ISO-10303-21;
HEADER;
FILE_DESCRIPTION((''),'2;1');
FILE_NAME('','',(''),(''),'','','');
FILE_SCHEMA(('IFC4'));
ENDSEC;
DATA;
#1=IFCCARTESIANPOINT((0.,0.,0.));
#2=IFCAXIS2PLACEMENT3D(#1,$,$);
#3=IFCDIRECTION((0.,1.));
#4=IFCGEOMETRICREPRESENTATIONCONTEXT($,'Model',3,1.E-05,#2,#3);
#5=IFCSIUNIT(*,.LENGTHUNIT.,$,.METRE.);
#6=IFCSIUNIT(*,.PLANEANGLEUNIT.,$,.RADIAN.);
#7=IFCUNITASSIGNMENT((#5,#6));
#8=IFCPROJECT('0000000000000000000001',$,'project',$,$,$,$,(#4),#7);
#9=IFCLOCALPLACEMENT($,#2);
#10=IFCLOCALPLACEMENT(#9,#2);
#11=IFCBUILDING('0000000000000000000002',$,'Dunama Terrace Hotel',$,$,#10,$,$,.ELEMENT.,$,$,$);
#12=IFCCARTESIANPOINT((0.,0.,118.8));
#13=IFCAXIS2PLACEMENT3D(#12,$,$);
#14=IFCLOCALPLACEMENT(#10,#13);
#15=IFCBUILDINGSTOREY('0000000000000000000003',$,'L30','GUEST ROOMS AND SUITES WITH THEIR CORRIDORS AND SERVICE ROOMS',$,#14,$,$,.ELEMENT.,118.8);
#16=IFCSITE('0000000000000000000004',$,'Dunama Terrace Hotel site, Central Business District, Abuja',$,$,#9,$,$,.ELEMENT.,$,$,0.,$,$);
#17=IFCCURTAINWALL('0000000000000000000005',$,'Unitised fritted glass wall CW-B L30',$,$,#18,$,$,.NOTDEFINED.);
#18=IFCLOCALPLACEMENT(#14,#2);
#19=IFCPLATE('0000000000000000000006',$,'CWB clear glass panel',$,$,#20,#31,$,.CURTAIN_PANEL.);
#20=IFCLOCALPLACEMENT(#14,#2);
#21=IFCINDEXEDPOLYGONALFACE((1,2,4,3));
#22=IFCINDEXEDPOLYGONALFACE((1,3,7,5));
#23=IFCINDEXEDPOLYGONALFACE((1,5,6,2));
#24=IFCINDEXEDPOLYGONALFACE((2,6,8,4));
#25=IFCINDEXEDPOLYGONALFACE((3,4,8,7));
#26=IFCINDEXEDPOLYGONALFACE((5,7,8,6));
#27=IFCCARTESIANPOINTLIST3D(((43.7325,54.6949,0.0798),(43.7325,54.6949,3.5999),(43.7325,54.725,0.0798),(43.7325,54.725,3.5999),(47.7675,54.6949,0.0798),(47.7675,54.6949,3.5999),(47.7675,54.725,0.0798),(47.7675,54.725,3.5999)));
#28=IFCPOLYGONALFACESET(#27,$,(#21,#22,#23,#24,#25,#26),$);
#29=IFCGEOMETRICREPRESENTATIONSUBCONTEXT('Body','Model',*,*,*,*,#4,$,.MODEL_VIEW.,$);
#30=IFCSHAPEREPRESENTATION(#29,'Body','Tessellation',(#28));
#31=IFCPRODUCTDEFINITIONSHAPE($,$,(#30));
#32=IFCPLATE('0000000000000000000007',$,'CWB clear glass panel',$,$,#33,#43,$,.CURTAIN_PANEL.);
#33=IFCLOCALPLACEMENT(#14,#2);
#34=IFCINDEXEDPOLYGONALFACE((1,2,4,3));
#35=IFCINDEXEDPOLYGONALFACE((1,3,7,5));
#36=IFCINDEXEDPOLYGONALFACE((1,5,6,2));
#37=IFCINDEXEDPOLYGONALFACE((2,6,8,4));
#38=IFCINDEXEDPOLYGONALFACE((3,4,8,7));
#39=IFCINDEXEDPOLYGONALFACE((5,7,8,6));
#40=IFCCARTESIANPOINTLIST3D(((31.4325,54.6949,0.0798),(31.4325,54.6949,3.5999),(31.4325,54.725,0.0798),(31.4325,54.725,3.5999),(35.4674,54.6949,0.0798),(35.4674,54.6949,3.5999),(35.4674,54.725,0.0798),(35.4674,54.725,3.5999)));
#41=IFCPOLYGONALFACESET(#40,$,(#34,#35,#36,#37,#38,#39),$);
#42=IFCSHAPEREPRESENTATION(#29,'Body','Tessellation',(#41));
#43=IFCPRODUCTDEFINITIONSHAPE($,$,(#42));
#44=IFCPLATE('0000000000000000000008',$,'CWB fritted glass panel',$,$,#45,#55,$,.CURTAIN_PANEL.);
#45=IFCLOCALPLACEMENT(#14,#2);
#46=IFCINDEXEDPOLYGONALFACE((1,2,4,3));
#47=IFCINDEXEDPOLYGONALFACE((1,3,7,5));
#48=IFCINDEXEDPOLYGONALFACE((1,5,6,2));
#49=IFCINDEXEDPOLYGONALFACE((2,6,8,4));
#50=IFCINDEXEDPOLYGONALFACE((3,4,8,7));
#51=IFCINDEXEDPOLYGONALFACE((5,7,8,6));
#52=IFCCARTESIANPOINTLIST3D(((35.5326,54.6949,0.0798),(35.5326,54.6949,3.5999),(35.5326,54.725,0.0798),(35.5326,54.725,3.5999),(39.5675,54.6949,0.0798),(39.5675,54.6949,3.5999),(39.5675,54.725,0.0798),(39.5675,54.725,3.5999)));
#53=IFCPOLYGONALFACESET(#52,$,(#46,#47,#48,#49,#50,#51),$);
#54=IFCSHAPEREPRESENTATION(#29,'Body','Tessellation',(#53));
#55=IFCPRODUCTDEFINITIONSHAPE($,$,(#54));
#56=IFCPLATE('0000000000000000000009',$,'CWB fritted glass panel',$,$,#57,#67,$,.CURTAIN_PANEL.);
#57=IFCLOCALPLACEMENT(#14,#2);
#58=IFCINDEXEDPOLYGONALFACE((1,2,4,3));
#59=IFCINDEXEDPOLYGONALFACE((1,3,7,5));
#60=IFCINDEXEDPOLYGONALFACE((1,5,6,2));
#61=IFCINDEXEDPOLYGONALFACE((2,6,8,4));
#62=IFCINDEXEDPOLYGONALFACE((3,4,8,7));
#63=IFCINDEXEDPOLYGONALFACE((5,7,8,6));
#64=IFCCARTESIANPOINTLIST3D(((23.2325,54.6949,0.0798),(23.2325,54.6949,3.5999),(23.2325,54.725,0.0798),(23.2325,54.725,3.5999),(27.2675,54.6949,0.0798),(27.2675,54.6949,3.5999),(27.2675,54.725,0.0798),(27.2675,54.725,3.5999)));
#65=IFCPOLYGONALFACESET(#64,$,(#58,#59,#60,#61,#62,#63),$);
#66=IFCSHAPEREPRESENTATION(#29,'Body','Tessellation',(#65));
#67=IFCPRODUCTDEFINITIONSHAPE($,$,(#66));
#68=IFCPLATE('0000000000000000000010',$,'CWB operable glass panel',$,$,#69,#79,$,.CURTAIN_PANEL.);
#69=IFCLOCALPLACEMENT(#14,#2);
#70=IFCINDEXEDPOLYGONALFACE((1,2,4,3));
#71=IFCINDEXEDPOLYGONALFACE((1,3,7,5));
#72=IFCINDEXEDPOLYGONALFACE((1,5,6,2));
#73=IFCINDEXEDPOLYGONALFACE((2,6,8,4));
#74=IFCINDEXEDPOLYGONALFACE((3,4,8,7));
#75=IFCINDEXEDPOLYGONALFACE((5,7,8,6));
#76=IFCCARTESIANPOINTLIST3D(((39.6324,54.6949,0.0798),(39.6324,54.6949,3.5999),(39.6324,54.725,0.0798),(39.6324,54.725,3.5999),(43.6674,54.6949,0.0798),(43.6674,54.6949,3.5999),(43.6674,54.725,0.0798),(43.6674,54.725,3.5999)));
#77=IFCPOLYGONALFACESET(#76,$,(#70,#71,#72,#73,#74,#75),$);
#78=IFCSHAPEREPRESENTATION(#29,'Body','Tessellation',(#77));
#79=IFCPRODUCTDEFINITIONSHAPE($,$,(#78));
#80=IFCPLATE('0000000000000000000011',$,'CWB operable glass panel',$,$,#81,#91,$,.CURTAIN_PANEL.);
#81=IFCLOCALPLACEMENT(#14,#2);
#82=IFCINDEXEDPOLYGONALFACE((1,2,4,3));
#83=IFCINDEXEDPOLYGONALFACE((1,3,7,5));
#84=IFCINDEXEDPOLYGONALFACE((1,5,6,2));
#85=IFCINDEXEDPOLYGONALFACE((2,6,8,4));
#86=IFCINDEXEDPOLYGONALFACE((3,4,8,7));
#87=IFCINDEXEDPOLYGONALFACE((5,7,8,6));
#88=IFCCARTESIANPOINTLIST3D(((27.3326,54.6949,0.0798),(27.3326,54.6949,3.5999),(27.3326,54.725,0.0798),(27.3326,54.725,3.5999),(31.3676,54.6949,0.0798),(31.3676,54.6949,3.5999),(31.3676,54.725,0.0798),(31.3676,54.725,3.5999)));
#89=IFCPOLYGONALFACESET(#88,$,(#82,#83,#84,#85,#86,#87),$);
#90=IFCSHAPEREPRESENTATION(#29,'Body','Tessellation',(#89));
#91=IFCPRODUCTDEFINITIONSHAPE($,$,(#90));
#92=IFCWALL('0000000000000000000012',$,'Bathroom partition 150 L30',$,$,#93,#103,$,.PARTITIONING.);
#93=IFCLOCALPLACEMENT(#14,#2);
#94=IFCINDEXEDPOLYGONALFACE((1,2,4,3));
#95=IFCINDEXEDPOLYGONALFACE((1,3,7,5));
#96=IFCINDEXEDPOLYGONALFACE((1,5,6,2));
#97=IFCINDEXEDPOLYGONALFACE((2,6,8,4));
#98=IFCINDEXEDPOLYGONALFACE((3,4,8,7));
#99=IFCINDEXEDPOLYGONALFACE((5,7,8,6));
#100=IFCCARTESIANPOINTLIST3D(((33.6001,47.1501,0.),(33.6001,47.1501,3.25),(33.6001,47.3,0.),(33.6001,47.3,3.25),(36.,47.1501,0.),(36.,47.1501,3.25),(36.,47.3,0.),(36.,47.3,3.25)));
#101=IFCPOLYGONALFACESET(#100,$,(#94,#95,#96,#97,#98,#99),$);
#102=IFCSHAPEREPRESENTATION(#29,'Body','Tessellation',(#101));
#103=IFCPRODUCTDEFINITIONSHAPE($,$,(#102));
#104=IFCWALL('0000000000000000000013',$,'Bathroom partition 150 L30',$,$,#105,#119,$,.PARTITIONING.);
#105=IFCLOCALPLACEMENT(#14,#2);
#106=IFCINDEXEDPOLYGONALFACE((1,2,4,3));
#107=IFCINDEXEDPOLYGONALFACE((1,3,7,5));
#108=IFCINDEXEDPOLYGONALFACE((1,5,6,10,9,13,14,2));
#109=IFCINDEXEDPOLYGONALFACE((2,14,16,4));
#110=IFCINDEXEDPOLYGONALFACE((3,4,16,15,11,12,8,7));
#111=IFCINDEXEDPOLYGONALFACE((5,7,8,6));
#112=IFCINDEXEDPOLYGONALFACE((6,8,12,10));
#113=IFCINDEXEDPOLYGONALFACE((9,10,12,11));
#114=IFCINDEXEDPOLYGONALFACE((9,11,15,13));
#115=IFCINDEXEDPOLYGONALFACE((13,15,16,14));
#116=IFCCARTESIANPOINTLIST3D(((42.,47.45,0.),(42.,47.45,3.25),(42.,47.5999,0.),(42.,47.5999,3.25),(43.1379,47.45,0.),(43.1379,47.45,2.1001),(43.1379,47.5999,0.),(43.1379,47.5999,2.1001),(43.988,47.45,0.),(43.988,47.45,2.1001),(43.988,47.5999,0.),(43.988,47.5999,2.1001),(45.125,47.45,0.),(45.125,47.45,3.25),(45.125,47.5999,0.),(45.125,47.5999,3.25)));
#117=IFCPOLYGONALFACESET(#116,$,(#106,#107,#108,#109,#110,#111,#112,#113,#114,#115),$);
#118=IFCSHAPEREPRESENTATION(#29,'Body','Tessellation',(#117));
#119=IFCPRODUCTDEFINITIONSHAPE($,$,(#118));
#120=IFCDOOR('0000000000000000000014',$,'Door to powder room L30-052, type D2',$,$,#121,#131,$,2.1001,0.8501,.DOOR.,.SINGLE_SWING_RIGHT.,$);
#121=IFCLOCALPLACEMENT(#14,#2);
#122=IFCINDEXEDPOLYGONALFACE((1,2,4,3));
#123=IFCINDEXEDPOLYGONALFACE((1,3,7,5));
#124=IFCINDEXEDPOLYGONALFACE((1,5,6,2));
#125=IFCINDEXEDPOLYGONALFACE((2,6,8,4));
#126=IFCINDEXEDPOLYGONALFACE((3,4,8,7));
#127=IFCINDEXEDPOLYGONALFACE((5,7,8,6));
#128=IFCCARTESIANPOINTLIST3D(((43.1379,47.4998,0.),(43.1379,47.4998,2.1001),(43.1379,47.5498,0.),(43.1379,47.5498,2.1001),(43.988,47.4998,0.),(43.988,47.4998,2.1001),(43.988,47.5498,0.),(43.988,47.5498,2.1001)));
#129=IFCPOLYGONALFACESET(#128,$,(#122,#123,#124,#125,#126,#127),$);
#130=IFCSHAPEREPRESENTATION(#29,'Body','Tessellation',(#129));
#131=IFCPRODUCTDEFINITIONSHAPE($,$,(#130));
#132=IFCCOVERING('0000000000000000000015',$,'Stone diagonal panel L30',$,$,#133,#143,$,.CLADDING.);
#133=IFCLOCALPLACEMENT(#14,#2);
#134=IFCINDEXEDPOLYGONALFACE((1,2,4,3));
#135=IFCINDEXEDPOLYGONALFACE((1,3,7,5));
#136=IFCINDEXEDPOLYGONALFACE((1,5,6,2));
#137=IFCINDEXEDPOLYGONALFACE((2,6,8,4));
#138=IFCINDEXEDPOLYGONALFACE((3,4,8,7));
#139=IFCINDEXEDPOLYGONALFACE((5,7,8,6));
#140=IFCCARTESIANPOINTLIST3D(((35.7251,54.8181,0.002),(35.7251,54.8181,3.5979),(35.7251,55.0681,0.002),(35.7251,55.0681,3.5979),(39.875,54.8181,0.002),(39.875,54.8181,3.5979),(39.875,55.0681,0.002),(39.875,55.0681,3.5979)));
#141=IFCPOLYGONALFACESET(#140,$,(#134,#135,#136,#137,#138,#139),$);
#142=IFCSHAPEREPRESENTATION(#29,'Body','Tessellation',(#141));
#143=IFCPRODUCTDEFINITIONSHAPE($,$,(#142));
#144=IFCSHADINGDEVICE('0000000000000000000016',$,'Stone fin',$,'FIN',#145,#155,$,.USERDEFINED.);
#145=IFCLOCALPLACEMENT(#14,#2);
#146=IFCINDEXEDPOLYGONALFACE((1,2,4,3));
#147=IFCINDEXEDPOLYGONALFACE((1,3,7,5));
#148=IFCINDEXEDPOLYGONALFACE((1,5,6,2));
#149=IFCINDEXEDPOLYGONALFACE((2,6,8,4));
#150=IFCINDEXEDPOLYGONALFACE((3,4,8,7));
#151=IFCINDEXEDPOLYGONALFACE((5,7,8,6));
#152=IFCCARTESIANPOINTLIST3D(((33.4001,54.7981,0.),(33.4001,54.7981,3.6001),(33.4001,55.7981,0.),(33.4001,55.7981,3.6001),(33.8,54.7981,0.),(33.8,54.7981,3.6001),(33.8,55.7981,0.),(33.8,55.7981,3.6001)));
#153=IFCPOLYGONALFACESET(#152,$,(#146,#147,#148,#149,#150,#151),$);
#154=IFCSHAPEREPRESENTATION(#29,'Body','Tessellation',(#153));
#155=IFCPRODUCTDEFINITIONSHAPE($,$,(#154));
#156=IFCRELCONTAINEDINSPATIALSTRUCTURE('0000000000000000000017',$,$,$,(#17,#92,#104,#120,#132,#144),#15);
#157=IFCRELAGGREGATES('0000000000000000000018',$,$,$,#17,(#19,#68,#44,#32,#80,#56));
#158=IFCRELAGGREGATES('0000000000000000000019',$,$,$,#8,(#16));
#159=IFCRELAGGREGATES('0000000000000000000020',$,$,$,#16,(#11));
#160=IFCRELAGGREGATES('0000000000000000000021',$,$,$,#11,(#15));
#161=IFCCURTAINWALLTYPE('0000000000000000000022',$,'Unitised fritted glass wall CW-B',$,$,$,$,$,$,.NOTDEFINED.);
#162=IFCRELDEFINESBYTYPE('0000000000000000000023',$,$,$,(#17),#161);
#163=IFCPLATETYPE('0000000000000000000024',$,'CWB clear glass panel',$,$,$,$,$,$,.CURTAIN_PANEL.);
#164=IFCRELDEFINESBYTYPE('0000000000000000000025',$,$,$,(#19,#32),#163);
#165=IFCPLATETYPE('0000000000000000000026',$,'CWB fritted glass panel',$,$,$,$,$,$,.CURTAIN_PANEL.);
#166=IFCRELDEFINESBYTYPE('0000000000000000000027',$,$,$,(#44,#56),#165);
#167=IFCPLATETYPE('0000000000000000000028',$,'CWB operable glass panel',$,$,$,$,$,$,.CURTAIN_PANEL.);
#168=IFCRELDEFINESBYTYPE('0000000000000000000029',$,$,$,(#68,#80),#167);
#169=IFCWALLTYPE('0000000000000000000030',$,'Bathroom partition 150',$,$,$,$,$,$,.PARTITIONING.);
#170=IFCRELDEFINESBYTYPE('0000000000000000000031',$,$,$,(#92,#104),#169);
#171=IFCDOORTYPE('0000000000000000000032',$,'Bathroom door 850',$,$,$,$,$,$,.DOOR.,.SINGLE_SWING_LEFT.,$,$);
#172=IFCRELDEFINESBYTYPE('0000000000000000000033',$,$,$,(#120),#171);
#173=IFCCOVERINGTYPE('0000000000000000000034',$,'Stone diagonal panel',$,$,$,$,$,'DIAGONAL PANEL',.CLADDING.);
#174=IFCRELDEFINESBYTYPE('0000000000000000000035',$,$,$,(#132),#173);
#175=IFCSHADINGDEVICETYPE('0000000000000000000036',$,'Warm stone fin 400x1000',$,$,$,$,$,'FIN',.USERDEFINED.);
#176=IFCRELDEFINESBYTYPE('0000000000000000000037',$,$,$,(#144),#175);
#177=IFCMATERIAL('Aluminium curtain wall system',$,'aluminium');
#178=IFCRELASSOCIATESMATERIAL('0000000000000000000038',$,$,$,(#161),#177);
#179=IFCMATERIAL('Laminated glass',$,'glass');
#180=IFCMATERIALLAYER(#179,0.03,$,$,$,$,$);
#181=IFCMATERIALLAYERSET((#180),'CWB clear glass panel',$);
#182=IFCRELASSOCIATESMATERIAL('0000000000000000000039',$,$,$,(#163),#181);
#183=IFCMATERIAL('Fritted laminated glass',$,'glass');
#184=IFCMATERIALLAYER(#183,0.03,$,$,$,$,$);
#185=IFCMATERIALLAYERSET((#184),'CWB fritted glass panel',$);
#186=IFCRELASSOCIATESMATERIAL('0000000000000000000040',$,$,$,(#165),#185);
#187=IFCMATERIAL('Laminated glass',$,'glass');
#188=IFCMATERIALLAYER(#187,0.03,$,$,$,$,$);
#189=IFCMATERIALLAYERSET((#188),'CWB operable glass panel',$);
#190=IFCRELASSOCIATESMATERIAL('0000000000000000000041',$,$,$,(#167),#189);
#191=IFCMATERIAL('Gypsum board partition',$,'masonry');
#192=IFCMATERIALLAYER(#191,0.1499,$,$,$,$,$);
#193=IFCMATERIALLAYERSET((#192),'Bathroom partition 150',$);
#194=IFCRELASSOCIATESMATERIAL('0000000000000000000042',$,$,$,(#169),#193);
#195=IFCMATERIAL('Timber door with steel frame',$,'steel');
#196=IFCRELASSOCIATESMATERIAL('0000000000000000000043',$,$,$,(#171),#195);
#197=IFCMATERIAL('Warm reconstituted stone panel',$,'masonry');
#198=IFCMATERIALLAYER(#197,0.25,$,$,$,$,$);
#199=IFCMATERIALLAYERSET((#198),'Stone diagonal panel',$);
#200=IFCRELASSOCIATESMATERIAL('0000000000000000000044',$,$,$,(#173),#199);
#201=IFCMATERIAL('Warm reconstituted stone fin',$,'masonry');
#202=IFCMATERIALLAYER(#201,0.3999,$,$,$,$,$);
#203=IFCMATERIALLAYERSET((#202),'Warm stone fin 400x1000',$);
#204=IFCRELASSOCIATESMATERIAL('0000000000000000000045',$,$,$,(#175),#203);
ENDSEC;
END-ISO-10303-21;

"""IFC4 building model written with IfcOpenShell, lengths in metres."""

from ifc_helpers import new_model, si_unit, direction, frame, frame_2d, origin, origin_2d, place, context, subcontext, project, spatial, rectangle, extrude, material, layer, layer_set, type_object, element, fill, aggregate, save


model = new_model("IFC4")

# Units and contexts
model_context = context("Model", 3, precision=1e-05, world=origin(), true_north=direction((0.0, 1.0)))
body_context = subcontext(model_context, "Body", "Model", "MODEL_VIEW")
ifc_project = project(units=[si_unit("LENGTHUNIT", "METRE"), si_unit("PLANEANGLEUNIT", "RADIAN")], contexts=[model_context])

# Site, building, storey
site_placement = place(None, origin())
site = spatial("IfcSite", under=ifc_project, at=site_placement, Name="Dunama Terrace Hotel site, Central Business District, Abuja", CompositionType="ELEMENT", RefElevation=0.0)
building_placement = place(site_placement, origin())
building = spatial("IfcBuilding", under=site, at=building_placement, Name="Dunama Terrace Hotel", CompositionType="ELEMENT")
storey_placement = place(building_placement, frame((0.0, 0.0, 118.8)))
storey = spatial("IfcBuildingStorey", under=building, at=storey_placement, Name="L30", Description="GUEST ROOMS AND SUITES WITH THEIR CORRIDORS AND SERVICE ROOMS", CompositionType="ELEMENT", Elevation=118.8)

# Curtain wall
ifc_material_1 = material(Name="Aluminium curtain wall system", Category="aluminium")
curtain_wall_type = type_object("IfcCurtainWallType", Name="Unitised fritted glass wall CW-B", PredefinedType="NOTDEFINED", material=ifc_material_1)
curtain_wall_placement = place(storey_placement, origin())
curtain_wall = element("IfcCurtainWall", 1, at=curtain_wall_placement, inside=storey, type_object=curtain_wall_type, Name="Unitised fritted glass wall CW-B L30", PredefinedType="NOTDEFINED")

# Plates
ifc_material_2 = material(Name="Laminated glass", Category="glass")
ifc_layer_1 = layer(ifc_material_2, 0.03)
ifc_layer_set_1 = layer_set([ifc_layer_1], Name="CWB clear glass panel")
plate_type_1 = type_object("IfcPlateType", Name="CWB clear glass panel", PredefinedType="CURTAIN_PANEL", material=ifc_layer_set_1)
plate_1_placement = place(storey_placement, frame((45.75, 54.71, 0.0798), z_axis=(0.0, 0.0, 1.0), x_axis=(-1.0, 0.0, 0.0)))
plate_1 = element("IfcPlate", 2, at=plate_1_placement, type_object=plate_type_1, Name="CWB clear glass panel", PredefinedType="CURTAIN_PANEL", context=body_context, shape_type="SweptSolid", body=[
    extrude(rectangle(XDim=4.0349, YDim=0.03, at=origin_2d()), origin(), (0.0, 0.0, 1.0), 3.52),
])
plate_2_placement = place(storey_placement, frame((33.45, 54.71, 0.0798), z_axis=(0.0, 0.0, 1.0), x_axis=(-1.0, 0.0, 0.0)))
plate_2 = element("IfcPlate", 3, at=plate_2_placement, type_object=plate_type_1, Name="CWB clear glass panel", PredefinedType="CURTAIN_PANEL", context=body_context, shape_type="SweptSolid", body=[
    extrude(rectangle(XDim=4.0349, YDim=0.03, at=origin_2d()), origin(), (0.0, 0.0, 1.0), 3.52),
])
ifc_material_3 = material(Name="Fritted laminated glass", Category="glass")
ifc_layer_2 = layer(ifc_material_3, 0.03)
ifc_layer_set_2 = layer_set([ifc_layer_2], Name="CWB fritted glass panel")
plate_type_2 = type_object("IfcPlateType", Name="CWB fritted glass panel", PredefinedType="CURTAIN_PANEL", material=ifc_layer_set_2)
plate_3_placement = place(storey_placement, frame((37.55, 54.71, 0.0798), z_axis=(0.0, 0.0, 1.0), x_axis=(-1.0, 0.0, 0.0)))
plate_3 = element("IfcPlate", 4, at=plate_3_placement, type_object=plate_type_2, Name="CWB fritted glass panel", PredefinedType="CURTAIN_PANEL", context=body_context, shape_type="SweptSolid", body=[
    extrude(rectangle(XDim=4.0349, YDim=0.03, at=origin_2d()), origin(), (0.0, 0.0, 1.0), 3.52),
])
plate_4_placement = place(storey_placement, frame((25.25, 54.71, 0.0798), z_axis=(0.0, 0.0, 1.0), x_axis=(-1.0, 0.0, 0.0)))
plate_4 = element("IfcPlate", 5, at=plate_4_placement, type_object=plate_type_2, Name="CWB fritted glass panel", PredefinedType="CURTAIN_PANEL", context=body_context, shape_type="SweptSolid", body=[
    extrude(rectangle(XDim=4.0349, YDim=0.03, at=origin_2d()), origin(), (0.0, 0.0, 1.0), 3.52),
])
ifc_material_4 = material(Name="Laminated glass", Category="glass")
ifc_layer_3 = layer(ifc_material_4, 0.03)
ifc_layer_set_3 = layer_set([ifc_layer_3], Name="CWB operable glass panel")
plate_type_3 = type_object("IfcPlateType", Name="CWB operable glass panel", PredefinedType="CURTAIN_PANEL", material=ifc_layer_set_3)
plate_5_placement = place(storey_placement, frame((41.6499, 54.71, 0.0798), z_axis=(0.0, 0.0, 1.0), x_axis=(-1.0, 0.0, 0.0)))
plate_5 = element("IfcPlate", 6, at=plate_5_placement, type_object=plate_type_3, Name="CWB operable glass panel", PredefinedType="CURTAIN_PANEL", context=body_context, shape_type="SweptSolid", body=[
    extrude(rectangle(XDim=4.0349, YDim=0.03, at=origin_2d()), origin(), (0.0, 0.0, 1.0), 3.52),
])
plate_6_placement = place(storey_placement, frame((29.3501, 54.71, 0.0798), z_axis=(0.0, 0.0, 1.0), x_axis=(-1.0, 0.0, 0.0)))
plate_6 = element("IfcPlate", 7, at=plate_6_placement, type_object=plate_type_3, Name="CWB operable glass panel", PredefinedType="CURTAIN_PANEL", context=body_context, shape_type="SweptSolid", body=[
    extrude(rectangle(XDim=4.0349, YDim=0.03, at=origin_2d()), origin(), (0.0, 0.0, 1.0), 3.52),
])
aggregate(curtain_wall, [plate_1, plate_5, plate_3, plate_2, plate_6, plate_4])

# Wall
ifc_material_5 = material(Name="Gypsum board partition", Category="masonry")
ifc_layer_4 = layer(ifc_material_5, 0.1499)
ifc_layer_set_4 = layer_set([ifc_layer_4], Name="Bathroom partition 150")
wall_type = type_object("IfcWallType", Name="Bathroom partition 150", PredefinedType="PARTITIONING", material=ifc_layer_set_4)
wall_1_placement = place(storey_placement, frame((33.6001, 47.2251, 0.0), z_axis=(0.0, 0.0, 1.0), x_axis=(1.0, 0.0, 0.0)))
element("IfcWall", 8, at=wall_1_placement, inside=storey, type_object=wall_type, Name="Bathroom partition 150 L30", PredefinedType="PARTITIONING", context=body_context, shape_type="SweptSolid", body=[
    extrude(rectangle(XDim=2.3999, YDim=0.1499, at=frame_2d((1.2, 0.0))), origin(), (0.0, 0.0, 1.0), 3.25),
])

# Wall, opening, door
wall_2_placement = place(storey_placement, frame((42.0, 47.5249, 0.0), z_axis=(0.0, 0.0, 1.0), x_axis=(1.0, 0.0, 0.0)))
wall_2 = element("IfcWall", 9, at=wall_2_placement, inside=storey, type_object=wall_type, Name="Bathroom partition 150 L30", PredefinedType="PARTITIONING", context=body_context, shape_type="SweptSolid", body=[
    extrude(rectangle(XDim=3.125, YDim=0.1499, at=frame_2d((1.5625, 0.0))), origin(), (0.0, 0.0, 1.0), 3.25),
])
opening_placement = place(wall_2_placement, frame((1.1379, 0.0, 0.0)))
opening = element("IfcOpeningElement", 10, at=opening_placement, cuts=wall_2, PredefinedType="OPENING", context=body_context, shape_type="SweptSolid", body=[
    extrude(rectangle(XDim=0.8501, YDim=2.1001, at=frame_2d((0.425, 1.05))), frame((0.0, 0.085, 0.0), z_axis=(0.0, -1.0, 0.0), x_axis=(1.0, 0.0, 0.0)), (0.0, 0.0, 1.0), 0.1699),
])
ifc_material_6 = material(Name="Timber door with steel frame", Category="steel")
door_type = type_object("IfcDoorType", Name="Bathroom door 850", OperationType="SINGLE_SWING_LEFT", PredefinedType="DOOR", material=ifc_material_6)
door_placement = place(opening_placement, frame((0.8501, 0.0, 0.0), z_axis=(0.0, 0.0, 1.0), x_axis=(-1.0, 0.0, 0.0)))
door = element("IfcDoor", 11, at=door_placement, inside=storey, type_object=door_type, Name="Door to powder room L30-052, type D2", OperationType="SINGLE_SWING_RIGHT", OverallHeight=2.1001, OverallWidth=0.8501, PredefinedType="DOOR", context=body_context, shape_type="SweptSolid", body=[
    extrude(rectangle(XDim=0.8501, YDim=2.1001, at=frame_2d((0.425, 1.05))), frame((0.0, 0.0251, 0.0), z_axis=(0.0, -1.0, 0.0), x_axis=(1.0, 0.0, 0.0)), (0.0, 0.0, 1.0), 0.05),
])
fill(opening, door)

# Covering
ifc_material_7 = material(Name="Warm reconstituted stone panel", Category="masonry")
ifc_layer_5 = layer(ifc_material_7, 0.25)
ifc_layer_set_5 = layer_set([ifc_layer_5], Name="Stone diagonal panel")
covering_type = type_object("IfcCoveringType", Name="Stone diagonal panel", ElementType="DIAGONAL PANEL", PredefinedType="CLADDING", material=ifc_layer_set_5)
covering_placement = place(storey_placement, frame((37.8, 54.9431, 0.002), z_axis=(0.0, 0.0, 1.0), x_axis=(-1.0, 0.0, 0.0)))
element("IfcCovering", 12, at=covering_placement, inside=storey, type_object=covering_type, Name="Stone diagonal panel L30", PredefinedType="CLADDING", context=body_context, shape_type="SweptSolid", body=[
    extrude(rectangle(XDim=4.1499, YDim=0.25, at=origin_2d()), origin(), (0.0, 0.0, 1.0), 3.5959),
])

# Shading device
ifc_material_8 = material(Name="Warm reconstituted stone fin", Category="masonry")
ifc_layer_6 = layer(ifc_material_8, 0.3999)
ifc_layer_set_6 = layer_set([ifc_layer_6], Name="Warm stone fin 400x1000")
shading_device_type = type_object("IfcShadingDeviceType", Name="Warm stone fin 400x1000", ElementType="FIN", PredefinedType="USERDEFINED", material=ifc_layer_set_6)
shading_device_placement = place(storey_placement, frame((33.6001, 55.2981, 0.0), z_axis=(0.0, 0.0, 1.0), x_axis=(-1.0, 0.0, 0.0)))
element("IfcShadingDevice", 13, at=shading_device_placement, inside=storey, type_object=shading_device_type, Name="Stone fin", ObjectType="FIN", PredefinedType="USERDEFINED", context=body_context, shape_type="SweptSolid", body=[
    extrude(rectangle(XDim=0.3999, YDim=1.0, at=origin_2d()), origin(), (0.0, 0.0, 1.0), 3.6001),
])

save(model, "model.ifc")
